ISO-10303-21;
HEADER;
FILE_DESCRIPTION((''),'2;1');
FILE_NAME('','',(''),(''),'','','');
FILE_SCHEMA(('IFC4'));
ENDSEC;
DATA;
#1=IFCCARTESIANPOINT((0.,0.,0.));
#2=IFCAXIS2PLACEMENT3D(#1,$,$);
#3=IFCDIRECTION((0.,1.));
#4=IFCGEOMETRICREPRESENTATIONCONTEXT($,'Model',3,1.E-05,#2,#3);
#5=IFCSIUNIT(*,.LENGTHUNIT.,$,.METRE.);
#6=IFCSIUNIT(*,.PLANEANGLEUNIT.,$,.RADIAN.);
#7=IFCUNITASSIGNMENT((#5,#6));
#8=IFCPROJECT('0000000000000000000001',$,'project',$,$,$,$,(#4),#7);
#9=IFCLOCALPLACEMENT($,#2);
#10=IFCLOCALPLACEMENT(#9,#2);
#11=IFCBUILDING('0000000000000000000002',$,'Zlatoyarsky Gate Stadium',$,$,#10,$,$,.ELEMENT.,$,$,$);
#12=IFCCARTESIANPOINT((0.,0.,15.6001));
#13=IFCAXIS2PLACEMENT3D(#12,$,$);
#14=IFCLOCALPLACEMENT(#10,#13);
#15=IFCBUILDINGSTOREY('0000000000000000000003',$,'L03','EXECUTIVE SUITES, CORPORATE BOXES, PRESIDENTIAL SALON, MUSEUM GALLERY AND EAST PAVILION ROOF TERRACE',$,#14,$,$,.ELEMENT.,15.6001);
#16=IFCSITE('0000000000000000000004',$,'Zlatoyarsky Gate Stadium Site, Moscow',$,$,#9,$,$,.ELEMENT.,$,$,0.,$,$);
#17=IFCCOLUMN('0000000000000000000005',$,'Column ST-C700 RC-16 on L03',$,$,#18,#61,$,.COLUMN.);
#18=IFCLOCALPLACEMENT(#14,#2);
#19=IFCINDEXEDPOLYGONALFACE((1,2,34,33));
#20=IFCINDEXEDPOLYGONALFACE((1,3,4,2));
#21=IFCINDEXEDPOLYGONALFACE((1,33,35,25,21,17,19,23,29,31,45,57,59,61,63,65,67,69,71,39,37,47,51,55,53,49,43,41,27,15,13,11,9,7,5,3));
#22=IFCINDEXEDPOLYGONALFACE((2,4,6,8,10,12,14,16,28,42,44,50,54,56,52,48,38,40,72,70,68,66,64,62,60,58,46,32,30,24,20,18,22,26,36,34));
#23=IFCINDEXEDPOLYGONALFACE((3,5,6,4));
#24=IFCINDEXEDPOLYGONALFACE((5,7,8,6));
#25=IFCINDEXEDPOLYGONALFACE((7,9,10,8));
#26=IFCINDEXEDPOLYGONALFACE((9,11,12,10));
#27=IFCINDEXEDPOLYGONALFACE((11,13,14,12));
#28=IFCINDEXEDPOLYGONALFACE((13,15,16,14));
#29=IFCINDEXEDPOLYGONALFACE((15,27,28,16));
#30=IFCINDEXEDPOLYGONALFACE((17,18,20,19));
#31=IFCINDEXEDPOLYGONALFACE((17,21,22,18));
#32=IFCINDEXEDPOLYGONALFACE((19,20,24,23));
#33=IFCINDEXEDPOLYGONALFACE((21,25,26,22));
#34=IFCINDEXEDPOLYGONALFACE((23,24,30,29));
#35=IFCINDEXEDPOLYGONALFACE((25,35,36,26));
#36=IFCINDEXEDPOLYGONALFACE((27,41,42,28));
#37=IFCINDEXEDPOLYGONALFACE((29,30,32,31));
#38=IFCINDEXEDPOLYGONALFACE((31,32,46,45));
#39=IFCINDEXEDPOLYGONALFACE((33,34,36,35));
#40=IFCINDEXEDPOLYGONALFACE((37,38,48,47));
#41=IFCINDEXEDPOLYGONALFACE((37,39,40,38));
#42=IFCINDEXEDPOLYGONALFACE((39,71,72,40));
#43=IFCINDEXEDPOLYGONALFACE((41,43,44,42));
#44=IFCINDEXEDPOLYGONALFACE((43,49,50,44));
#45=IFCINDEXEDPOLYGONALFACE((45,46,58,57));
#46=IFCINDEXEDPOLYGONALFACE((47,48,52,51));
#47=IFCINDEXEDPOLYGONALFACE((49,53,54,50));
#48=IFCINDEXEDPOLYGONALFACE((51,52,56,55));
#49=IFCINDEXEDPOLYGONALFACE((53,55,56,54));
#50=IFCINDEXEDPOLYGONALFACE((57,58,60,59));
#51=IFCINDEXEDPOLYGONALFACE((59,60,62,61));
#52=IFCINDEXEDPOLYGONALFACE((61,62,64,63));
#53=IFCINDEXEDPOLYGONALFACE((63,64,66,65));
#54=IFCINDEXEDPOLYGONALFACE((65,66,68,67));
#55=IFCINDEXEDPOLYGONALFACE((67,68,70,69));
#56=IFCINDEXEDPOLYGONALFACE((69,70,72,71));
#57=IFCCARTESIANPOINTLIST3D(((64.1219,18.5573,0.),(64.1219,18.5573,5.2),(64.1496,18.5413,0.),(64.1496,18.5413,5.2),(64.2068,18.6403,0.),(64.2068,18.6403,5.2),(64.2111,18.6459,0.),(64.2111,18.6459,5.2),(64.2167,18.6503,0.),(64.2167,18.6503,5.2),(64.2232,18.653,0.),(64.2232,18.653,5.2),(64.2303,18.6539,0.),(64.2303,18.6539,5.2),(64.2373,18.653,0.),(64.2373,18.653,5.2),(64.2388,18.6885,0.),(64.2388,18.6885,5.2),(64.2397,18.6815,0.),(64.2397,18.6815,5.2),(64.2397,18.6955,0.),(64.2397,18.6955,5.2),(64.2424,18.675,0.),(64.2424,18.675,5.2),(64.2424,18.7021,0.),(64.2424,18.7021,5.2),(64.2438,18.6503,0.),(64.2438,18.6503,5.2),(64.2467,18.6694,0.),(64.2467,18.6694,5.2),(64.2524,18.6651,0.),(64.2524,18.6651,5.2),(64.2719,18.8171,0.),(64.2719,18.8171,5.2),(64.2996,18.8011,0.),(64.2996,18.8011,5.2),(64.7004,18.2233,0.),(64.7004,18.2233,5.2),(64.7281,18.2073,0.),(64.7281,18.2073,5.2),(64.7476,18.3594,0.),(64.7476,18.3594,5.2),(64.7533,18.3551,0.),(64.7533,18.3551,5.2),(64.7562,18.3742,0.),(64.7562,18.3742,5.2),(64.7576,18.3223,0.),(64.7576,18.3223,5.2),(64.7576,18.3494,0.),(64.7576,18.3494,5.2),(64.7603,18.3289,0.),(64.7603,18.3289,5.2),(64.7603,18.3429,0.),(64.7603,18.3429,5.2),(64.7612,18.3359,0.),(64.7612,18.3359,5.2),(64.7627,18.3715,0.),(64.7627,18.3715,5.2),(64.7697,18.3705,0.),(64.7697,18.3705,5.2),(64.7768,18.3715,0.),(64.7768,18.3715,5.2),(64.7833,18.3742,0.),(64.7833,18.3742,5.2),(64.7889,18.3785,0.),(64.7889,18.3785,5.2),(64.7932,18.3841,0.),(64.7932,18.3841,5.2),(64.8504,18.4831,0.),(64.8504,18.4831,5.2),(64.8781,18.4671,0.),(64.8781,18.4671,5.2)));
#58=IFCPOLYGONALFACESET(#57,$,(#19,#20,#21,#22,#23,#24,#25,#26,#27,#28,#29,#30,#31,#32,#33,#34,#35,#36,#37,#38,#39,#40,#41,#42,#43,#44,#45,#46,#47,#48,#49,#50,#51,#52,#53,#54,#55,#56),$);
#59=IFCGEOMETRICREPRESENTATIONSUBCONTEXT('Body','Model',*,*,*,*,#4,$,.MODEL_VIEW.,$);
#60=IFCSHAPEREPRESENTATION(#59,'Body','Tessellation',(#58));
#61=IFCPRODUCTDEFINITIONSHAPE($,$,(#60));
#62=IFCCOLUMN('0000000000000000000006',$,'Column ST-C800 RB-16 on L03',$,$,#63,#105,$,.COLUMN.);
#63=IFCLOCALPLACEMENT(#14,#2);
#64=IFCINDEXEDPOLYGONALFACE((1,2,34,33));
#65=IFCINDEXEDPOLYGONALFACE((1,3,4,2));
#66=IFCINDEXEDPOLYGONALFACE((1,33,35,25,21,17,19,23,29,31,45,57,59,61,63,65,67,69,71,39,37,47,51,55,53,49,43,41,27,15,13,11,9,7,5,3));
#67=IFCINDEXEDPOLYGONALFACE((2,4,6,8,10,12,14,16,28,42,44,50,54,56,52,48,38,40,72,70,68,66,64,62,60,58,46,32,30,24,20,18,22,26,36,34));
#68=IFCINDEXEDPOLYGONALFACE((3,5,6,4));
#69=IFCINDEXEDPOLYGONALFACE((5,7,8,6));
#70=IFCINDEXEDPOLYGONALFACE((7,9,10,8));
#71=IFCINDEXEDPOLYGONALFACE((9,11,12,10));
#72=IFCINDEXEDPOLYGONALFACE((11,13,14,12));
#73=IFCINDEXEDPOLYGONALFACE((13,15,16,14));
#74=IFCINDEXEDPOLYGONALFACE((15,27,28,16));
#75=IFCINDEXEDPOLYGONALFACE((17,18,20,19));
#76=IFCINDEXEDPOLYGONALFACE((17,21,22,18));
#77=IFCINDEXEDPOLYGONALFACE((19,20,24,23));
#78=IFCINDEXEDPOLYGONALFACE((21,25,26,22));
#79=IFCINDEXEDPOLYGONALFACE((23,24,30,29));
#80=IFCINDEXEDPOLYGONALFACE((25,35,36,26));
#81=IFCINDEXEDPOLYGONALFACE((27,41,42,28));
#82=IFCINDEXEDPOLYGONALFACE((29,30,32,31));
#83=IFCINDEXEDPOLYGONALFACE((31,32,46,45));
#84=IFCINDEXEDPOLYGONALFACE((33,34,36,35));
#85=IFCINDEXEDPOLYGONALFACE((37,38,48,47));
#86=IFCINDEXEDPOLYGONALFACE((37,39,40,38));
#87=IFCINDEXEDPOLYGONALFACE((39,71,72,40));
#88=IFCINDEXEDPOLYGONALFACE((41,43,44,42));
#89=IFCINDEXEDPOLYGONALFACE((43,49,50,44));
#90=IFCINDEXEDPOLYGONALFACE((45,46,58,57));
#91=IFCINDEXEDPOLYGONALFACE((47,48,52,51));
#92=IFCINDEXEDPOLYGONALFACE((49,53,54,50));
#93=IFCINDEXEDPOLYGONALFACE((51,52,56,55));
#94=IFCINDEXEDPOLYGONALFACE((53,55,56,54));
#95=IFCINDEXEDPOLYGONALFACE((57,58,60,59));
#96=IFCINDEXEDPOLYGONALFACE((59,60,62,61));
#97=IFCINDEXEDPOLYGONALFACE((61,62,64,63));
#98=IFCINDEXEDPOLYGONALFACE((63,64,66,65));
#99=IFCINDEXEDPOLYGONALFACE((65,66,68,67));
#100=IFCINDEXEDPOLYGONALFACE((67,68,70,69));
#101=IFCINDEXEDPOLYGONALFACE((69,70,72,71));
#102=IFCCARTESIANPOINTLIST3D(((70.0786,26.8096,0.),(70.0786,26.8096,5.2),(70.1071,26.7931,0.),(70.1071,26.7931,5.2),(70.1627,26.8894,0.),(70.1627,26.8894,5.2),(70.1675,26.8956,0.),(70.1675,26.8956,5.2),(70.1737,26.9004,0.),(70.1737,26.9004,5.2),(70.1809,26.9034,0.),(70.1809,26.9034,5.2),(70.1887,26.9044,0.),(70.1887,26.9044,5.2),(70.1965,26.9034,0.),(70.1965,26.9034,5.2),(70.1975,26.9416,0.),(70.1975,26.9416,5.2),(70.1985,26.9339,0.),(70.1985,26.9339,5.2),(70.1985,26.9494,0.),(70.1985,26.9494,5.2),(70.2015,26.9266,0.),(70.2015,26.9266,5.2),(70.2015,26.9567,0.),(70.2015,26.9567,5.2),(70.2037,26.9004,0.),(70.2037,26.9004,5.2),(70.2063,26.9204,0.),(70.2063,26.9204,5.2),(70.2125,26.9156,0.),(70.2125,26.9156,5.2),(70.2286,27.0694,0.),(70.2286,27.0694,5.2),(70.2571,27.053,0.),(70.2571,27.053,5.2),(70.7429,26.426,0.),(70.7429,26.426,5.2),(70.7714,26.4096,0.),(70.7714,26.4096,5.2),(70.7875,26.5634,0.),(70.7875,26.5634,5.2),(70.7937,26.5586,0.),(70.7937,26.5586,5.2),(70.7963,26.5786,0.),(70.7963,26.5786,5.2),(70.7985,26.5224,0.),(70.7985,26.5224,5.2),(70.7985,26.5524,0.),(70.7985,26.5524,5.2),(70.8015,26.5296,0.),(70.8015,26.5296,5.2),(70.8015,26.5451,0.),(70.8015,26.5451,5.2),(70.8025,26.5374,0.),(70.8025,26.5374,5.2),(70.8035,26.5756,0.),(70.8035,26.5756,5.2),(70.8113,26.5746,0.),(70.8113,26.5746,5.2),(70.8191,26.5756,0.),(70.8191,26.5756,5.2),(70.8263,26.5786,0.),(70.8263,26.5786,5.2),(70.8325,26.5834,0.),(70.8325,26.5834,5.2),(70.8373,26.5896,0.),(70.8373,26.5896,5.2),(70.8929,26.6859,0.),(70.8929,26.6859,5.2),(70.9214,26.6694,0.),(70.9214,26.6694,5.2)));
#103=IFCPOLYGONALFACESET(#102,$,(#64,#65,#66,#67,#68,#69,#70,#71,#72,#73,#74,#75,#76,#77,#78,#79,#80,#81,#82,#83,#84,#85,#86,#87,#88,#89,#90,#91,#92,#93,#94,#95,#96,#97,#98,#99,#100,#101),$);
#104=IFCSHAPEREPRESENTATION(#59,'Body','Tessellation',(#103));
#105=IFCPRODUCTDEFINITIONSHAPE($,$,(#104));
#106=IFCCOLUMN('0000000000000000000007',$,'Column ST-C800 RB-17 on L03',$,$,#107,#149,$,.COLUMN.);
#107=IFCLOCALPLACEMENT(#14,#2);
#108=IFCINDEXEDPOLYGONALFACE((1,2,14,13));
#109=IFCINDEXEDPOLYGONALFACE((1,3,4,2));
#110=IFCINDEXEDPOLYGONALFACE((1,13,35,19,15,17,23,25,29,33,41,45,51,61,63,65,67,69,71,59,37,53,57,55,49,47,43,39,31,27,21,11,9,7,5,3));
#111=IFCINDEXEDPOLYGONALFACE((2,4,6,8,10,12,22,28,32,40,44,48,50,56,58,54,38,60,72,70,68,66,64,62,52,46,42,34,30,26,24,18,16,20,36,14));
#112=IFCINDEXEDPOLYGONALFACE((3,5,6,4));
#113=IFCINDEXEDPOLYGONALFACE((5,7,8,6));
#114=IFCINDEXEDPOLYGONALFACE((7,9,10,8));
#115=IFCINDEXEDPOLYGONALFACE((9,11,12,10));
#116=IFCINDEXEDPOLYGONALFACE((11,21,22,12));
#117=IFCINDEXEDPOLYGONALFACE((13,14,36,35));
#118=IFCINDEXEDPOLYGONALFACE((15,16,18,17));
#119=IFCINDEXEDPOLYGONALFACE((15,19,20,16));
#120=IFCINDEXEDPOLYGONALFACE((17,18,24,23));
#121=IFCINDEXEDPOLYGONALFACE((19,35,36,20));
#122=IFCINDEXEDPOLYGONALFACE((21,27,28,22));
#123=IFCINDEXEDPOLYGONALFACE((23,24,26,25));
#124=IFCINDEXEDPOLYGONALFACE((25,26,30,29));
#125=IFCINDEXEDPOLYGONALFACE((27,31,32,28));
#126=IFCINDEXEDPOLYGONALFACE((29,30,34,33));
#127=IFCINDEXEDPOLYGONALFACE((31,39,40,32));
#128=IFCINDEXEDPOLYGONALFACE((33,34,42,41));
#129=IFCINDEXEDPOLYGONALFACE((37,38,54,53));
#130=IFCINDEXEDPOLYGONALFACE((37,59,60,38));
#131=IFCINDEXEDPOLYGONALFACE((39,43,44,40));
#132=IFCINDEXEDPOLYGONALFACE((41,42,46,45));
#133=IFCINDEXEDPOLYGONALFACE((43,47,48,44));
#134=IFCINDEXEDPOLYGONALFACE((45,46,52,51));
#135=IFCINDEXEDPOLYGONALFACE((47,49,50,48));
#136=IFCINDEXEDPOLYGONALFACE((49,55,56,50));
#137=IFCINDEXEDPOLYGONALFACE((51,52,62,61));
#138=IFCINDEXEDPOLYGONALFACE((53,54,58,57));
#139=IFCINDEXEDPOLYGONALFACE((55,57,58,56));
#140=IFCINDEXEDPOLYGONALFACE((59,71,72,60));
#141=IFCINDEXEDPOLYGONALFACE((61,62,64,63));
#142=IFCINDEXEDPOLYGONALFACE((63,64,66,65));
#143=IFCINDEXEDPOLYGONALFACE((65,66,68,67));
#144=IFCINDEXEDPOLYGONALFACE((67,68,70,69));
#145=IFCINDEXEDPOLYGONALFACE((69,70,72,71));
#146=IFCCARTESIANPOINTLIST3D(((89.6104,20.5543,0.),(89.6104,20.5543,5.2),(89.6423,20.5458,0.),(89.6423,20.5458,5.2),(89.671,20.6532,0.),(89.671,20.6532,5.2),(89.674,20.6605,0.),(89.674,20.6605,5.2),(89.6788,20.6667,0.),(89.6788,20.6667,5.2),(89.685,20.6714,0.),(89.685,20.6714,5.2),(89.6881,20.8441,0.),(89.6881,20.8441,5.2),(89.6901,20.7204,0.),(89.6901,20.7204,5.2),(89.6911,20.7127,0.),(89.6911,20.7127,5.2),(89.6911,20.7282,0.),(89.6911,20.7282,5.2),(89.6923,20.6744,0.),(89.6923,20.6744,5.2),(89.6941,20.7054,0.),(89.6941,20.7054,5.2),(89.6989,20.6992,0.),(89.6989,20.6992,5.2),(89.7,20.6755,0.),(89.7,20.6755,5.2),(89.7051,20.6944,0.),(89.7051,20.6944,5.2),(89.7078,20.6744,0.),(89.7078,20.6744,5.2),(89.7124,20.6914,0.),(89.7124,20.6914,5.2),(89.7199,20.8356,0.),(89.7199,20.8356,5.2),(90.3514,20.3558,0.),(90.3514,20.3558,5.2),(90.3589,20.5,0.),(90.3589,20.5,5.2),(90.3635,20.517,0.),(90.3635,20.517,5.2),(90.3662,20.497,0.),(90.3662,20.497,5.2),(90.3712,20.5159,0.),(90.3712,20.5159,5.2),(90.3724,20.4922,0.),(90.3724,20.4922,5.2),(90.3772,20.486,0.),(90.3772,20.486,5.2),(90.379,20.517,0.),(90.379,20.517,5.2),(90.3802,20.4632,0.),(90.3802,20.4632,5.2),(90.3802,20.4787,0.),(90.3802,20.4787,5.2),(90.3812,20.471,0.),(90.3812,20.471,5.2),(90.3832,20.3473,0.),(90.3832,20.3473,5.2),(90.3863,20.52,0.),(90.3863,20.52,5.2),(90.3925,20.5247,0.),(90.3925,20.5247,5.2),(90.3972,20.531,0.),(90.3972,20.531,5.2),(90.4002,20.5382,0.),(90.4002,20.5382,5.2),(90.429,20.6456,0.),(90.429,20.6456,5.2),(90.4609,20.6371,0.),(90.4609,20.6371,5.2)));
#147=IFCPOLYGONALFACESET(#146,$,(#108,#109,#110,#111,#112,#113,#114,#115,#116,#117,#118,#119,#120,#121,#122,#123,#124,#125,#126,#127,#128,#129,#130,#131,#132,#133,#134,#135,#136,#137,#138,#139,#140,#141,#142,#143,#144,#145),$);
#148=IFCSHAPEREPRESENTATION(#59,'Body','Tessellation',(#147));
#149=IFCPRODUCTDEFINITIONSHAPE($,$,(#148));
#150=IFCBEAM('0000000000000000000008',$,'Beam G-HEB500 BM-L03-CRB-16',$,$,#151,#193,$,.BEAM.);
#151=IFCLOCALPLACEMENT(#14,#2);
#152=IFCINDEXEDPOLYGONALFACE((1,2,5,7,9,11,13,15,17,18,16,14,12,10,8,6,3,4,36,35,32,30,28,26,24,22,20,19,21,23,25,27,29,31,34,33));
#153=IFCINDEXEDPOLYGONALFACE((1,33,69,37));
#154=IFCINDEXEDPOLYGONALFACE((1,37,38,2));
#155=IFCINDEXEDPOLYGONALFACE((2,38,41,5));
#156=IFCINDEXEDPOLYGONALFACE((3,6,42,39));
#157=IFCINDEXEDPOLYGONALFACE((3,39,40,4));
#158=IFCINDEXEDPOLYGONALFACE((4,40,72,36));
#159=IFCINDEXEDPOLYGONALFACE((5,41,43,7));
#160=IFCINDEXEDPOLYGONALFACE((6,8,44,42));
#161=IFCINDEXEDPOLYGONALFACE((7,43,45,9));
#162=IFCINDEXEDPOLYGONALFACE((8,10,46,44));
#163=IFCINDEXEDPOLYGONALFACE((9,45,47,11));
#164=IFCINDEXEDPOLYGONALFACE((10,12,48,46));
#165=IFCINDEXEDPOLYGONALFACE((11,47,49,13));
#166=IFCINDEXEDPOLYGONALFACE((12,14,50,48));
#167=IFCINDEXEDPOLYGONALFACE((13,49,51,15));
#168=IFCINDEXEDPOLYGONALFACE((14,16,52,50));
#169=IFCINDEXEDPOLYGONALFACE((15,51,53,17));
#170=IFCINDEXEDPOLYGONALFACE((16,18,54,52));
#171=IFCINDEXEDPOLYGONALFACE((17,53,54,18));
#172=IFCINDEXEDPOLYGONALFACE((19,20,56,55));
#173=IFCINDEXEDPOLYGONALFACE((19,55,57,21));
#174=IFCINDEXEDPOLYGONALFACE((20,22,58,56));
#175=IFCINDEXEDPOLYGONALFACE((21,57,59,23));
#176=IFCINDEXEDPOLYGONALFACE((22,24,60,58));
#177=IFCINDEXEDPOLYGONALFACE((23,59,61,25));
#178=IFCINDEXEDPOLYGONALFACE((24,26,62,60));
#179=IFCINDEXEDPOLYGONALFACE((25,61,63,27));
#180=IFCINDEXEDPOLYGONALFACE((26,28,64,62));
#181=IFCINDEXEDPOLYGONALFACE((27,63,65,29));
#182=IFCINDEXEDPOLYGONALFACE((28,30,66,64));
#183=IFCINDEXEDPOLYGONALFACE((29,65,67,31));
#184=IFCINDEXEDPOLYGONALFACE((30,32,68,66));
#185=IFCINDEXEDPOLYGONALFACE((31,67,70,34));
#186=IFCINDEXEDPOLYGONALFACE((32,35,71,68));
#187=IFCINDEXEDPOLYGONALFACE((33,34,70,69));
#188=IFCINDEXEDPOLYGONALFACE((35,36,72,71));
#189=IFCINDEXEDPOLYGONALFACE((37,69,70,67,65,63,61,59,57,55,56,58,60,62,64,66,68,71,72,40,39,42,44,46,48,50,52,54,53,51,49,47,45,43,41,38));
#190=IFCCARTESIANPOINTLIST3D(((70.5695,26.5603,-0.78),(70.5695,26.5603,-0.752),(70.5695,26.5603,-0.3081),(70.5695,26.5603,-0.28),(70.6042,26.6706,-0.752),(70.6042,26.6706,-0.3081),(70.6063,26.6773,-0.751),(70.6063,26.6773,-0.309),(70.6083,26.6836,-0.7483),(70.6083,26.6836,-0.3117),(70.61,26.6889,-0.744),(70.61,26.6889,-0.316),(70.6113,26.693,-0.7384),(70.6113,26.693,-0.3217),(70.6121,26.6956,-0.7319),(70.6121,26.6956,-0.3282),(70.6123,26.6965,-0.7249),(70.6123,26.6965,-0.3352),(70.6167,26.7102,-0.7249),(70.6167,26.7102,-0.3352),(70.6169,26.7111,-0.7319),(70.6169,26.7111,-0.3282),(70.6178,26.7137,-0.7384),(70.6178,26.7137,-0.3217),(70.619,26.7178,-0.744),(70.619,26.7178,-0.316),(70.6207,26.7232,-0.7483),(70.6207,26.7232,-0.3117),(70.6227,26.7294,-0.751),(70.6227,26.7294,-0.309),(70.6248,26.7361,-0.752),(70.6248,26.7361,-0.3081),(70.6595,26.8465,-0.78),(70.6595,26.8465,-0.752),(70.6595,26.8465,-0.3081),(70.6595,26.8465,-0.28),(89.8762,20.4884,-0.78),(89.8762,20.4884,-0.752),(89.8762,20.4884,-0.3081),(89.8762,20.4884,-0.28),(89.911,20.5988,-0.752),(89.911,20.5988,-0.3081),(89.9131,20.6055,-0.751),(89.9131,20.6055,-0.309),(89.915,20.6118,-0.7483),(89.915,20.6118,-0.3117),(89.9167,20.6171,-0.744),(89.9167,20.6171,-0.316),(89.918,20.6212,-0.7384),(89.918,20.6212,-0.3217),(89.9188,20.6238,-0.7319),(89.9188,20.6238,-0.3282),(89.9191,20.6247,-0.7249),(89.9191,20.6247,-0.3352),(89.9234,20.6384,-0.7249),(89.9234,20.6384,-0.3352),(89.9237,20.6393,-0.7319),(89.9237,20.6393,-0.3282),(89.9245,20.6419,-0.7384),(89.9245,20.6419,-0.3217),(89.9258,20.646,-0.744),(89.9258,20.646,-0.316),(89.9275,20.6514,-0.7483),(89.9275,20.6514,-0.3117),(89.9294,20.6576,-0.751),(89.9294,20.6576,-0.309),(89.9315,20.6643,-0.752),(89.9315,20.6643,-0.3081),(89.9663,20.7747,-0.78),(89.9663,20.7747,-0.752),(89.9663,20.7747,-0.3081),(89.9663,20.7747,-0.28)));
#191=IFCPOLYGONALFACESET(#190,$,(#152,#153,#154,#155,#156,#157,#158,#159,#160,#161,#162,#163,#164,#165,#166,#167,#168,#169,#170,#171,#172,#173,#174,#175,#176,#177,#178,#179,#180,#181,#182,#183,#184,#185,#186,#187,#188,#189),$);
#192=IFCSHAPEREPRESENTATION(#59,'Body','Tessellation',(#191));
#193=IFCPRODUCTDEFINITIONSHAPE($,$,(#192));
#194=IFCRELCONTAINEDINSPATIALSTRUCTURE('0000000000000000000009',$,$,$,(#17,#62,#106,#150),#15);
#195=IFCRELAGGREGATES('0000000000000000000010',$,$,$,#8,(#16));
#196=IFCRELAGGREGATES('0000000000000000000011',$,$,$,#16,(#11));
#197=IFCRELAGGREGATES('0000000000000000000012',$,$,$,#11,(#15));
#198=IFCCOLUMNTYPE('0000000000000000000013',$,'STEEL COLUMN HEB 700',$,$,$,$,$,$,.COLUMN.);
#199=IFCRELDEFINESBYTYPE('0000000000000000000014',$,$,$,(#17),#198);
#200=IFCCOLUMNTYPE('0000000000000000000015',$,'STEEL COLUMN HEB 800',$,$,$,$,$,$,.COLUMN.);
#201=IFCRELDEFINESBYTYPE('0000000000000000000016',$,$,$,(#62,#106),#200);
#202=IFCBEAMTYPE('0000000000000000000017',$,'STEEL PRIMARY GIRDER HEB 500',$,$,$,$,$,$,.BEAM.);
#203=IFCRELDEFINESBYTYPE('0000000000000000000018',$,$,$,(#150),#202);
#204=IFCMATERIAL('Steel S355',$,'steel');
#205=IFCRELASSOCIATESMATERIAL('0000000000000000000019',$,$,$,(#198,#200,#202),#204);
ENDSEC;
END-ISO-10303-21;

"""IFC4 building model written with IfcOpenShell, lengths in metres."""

from ifc_helpers import new_model, si_unit, direction, frame, origin, origin_2d, place, context, subcontext, project, spatial, i_section, extrude, material, material_profile, profile_set, type_object, element, save


model = new_model("IFC4")

# Units and contexts
model_context = context("Model", 3, precision=1e-05, world=origin(), true_north=direction((0.0, 1.0)))
body_context = subcontext(model_context, "Body", "Model", "MODEL_VIEW")
ifc_project = project(units=[si_unit("LENGTHUNIT", "METRE"), si_unit("PLANEANGLEUNIT", "RADIAN")], contexts=[model_context])

# Site, building, storey
site_placement = place(None, origin())
site = spatial("IfcSite", under=ifc_project, at=site_placement, Name="Zlatoyarsky Gate Stadium Site, Moscow", CompositionType="ELEMENT", RefElevation=0.0)
building_placement = place(site_placement, origin())
building = spatial("IfcBuilding", under=site, at=building_placement, Name="Zlatoyarsky Gate Stadium", CompositionType="ELEMENT")
storey_placement = place(building_placement, frame((0.0, 0.0, 15.6001)))
storey = spatial("IfcBuildingStorey", under=building, at=storey_placement, Name="L03", Description="EXECUTIVE SUITES, CORPORATE BOXES, PRESIDENTIAL SALON, MUSEUM GALLERY AND EAST PAVILION ROOF TERRACE", CompositionType="ELEMENT", Elevation=15.6001)

# Columns
ifc_material_1 = material(Name="Steel S355", Category="steel")
ifc_material_profile_1 = material_profile(ifc_material_1, i_section(OverallWidth=0.3, OverallDepth=0.7, WebThickness=0.0171, FlangeThickness=0.032, FilletRadius=0.0271, at=origin_2d()), Name="HEB 700")
ifc_profile_set_1 = profile_set([ifc_material_profile_1], Name="Steel S355")
column_type_1 = type_object("IfcColumnType", Name="STEEL COLUMN HEB 700", PredefinedType="COLUMN", material=ifc_profile_set_1)
column_placement = place(storey_placement, frame((64.5, 18.5122, 0.0), z_axis=(0.0, 0.0, 1.0), x_axis=(-0.5, -0.866025, 0.0)))
element("IfcColumn", 1, at=column_placement, inside=storey, type_object=column_type_1, Name="Column ST-C700 RC-16 on L03", PredefinedType="COLUMN", context=body_context, shape_type="SweptSolid", body=[
    extrude(i_section(OverallWidth=0.3, OverallDepth=0.7, WebThickness=0.0171, FlangeThickness=0.032, FilletRadius=0.0271, at=origin_2d()), origin(), (0.0, 0.0, 1.0), 5.2),
])
ifc_material_profile_2 = material_profile(ifc_material_1, i_section(OverallWidth=0.3, OverallDepth=0.8, WebThickness=0.0176, FlangeThickness=0.033, FilletRadius=0.03, at=origin_2d()), Name="HEB 800")
ifc_profile_set_2 = profile_set([ifc_material_profile_2], Name="Steel S355")
column_type_2 = type_object("IfcColumnType", Name="STEEL COLUMN HEB 800", PredefinedType="COLUMN", material=ifc_profile_set_2)
for number, where, z_axis, x_axis, name in (
    (2, (70.5, 26.7395, 0.0), (0.0, 0.0, 1.0), (-0.5, -0.866025, 0.0), "Column ST-C800 RB-16 on L03"),
    (3, (90.0356, 20.5957, 0.0), (0.0, 0.0, 1.0), (-0.258819, -0.965926, 0.0), "Column ST-C800 RB-17 on L03"),
):
    element("IfcColumn", number, at=place(storey_placement, frame(where, z_axis=z_axis, x_axis=x_axis)), inside=storey, type_object=column_type_2, Name=name, PredefinedType="COLUMN", context=body_context, shape_type="SweptSolid", body=[
        extrude(i_section(OverallWidth=0.3, OverallDepth=0.8, WebThickness=0.0176, FlangeThickness=0.033, FilletRadius=0.03, at=origin_2d()), origin(), (0.0, 0.0, 1.0), 5.2),
    ])

# Beam
ifc_material_profile_3 = material_profile(ifc_material_1, i_section(OverallWidth=0.3, OverallDepth=0.5, WebThickness=0.0144, FlangeThickness=0.0281, FilletRadius=0.0271, at=origin_2d()), Name="HEB 500")
ifc_profile_set_3 = profile_set([ifc_material_profile_3], Name="Steel S355")
beam_type_1 = type_object("IfcBeamType", Name="STEEL PRIMARY GIRDER HEB 500", PredefinedType="BEAM", material=ifc_profile_set_3)
beam_1_placement = place(storey_placement, frame((70.6145, 26.7034, -0.53), z_axis=(0.953938, -0.300005, 0.0), x_axis=(0.300005, 0.953938, 0.0)))
element("IfcBeam", 4, at=beam_1_placement, inside=storey, type_object=beam_type_1, Name="Beam G-HEB500 BM-L03-CRB-16", PredefinedType="BEAM", context=body_context, shape_type="SweptSolid", body=[
    extrude(i_section(OverallWidth=0.3, OverallDepth=0.5, WebThickness=0.0144, FlangeThickness=0.0281, FilletRadius=0.0271, at=origin_2d()), origin(), (0.0, 0.0, 1.0), 20.239),
])

save(model, "model.ifc")
